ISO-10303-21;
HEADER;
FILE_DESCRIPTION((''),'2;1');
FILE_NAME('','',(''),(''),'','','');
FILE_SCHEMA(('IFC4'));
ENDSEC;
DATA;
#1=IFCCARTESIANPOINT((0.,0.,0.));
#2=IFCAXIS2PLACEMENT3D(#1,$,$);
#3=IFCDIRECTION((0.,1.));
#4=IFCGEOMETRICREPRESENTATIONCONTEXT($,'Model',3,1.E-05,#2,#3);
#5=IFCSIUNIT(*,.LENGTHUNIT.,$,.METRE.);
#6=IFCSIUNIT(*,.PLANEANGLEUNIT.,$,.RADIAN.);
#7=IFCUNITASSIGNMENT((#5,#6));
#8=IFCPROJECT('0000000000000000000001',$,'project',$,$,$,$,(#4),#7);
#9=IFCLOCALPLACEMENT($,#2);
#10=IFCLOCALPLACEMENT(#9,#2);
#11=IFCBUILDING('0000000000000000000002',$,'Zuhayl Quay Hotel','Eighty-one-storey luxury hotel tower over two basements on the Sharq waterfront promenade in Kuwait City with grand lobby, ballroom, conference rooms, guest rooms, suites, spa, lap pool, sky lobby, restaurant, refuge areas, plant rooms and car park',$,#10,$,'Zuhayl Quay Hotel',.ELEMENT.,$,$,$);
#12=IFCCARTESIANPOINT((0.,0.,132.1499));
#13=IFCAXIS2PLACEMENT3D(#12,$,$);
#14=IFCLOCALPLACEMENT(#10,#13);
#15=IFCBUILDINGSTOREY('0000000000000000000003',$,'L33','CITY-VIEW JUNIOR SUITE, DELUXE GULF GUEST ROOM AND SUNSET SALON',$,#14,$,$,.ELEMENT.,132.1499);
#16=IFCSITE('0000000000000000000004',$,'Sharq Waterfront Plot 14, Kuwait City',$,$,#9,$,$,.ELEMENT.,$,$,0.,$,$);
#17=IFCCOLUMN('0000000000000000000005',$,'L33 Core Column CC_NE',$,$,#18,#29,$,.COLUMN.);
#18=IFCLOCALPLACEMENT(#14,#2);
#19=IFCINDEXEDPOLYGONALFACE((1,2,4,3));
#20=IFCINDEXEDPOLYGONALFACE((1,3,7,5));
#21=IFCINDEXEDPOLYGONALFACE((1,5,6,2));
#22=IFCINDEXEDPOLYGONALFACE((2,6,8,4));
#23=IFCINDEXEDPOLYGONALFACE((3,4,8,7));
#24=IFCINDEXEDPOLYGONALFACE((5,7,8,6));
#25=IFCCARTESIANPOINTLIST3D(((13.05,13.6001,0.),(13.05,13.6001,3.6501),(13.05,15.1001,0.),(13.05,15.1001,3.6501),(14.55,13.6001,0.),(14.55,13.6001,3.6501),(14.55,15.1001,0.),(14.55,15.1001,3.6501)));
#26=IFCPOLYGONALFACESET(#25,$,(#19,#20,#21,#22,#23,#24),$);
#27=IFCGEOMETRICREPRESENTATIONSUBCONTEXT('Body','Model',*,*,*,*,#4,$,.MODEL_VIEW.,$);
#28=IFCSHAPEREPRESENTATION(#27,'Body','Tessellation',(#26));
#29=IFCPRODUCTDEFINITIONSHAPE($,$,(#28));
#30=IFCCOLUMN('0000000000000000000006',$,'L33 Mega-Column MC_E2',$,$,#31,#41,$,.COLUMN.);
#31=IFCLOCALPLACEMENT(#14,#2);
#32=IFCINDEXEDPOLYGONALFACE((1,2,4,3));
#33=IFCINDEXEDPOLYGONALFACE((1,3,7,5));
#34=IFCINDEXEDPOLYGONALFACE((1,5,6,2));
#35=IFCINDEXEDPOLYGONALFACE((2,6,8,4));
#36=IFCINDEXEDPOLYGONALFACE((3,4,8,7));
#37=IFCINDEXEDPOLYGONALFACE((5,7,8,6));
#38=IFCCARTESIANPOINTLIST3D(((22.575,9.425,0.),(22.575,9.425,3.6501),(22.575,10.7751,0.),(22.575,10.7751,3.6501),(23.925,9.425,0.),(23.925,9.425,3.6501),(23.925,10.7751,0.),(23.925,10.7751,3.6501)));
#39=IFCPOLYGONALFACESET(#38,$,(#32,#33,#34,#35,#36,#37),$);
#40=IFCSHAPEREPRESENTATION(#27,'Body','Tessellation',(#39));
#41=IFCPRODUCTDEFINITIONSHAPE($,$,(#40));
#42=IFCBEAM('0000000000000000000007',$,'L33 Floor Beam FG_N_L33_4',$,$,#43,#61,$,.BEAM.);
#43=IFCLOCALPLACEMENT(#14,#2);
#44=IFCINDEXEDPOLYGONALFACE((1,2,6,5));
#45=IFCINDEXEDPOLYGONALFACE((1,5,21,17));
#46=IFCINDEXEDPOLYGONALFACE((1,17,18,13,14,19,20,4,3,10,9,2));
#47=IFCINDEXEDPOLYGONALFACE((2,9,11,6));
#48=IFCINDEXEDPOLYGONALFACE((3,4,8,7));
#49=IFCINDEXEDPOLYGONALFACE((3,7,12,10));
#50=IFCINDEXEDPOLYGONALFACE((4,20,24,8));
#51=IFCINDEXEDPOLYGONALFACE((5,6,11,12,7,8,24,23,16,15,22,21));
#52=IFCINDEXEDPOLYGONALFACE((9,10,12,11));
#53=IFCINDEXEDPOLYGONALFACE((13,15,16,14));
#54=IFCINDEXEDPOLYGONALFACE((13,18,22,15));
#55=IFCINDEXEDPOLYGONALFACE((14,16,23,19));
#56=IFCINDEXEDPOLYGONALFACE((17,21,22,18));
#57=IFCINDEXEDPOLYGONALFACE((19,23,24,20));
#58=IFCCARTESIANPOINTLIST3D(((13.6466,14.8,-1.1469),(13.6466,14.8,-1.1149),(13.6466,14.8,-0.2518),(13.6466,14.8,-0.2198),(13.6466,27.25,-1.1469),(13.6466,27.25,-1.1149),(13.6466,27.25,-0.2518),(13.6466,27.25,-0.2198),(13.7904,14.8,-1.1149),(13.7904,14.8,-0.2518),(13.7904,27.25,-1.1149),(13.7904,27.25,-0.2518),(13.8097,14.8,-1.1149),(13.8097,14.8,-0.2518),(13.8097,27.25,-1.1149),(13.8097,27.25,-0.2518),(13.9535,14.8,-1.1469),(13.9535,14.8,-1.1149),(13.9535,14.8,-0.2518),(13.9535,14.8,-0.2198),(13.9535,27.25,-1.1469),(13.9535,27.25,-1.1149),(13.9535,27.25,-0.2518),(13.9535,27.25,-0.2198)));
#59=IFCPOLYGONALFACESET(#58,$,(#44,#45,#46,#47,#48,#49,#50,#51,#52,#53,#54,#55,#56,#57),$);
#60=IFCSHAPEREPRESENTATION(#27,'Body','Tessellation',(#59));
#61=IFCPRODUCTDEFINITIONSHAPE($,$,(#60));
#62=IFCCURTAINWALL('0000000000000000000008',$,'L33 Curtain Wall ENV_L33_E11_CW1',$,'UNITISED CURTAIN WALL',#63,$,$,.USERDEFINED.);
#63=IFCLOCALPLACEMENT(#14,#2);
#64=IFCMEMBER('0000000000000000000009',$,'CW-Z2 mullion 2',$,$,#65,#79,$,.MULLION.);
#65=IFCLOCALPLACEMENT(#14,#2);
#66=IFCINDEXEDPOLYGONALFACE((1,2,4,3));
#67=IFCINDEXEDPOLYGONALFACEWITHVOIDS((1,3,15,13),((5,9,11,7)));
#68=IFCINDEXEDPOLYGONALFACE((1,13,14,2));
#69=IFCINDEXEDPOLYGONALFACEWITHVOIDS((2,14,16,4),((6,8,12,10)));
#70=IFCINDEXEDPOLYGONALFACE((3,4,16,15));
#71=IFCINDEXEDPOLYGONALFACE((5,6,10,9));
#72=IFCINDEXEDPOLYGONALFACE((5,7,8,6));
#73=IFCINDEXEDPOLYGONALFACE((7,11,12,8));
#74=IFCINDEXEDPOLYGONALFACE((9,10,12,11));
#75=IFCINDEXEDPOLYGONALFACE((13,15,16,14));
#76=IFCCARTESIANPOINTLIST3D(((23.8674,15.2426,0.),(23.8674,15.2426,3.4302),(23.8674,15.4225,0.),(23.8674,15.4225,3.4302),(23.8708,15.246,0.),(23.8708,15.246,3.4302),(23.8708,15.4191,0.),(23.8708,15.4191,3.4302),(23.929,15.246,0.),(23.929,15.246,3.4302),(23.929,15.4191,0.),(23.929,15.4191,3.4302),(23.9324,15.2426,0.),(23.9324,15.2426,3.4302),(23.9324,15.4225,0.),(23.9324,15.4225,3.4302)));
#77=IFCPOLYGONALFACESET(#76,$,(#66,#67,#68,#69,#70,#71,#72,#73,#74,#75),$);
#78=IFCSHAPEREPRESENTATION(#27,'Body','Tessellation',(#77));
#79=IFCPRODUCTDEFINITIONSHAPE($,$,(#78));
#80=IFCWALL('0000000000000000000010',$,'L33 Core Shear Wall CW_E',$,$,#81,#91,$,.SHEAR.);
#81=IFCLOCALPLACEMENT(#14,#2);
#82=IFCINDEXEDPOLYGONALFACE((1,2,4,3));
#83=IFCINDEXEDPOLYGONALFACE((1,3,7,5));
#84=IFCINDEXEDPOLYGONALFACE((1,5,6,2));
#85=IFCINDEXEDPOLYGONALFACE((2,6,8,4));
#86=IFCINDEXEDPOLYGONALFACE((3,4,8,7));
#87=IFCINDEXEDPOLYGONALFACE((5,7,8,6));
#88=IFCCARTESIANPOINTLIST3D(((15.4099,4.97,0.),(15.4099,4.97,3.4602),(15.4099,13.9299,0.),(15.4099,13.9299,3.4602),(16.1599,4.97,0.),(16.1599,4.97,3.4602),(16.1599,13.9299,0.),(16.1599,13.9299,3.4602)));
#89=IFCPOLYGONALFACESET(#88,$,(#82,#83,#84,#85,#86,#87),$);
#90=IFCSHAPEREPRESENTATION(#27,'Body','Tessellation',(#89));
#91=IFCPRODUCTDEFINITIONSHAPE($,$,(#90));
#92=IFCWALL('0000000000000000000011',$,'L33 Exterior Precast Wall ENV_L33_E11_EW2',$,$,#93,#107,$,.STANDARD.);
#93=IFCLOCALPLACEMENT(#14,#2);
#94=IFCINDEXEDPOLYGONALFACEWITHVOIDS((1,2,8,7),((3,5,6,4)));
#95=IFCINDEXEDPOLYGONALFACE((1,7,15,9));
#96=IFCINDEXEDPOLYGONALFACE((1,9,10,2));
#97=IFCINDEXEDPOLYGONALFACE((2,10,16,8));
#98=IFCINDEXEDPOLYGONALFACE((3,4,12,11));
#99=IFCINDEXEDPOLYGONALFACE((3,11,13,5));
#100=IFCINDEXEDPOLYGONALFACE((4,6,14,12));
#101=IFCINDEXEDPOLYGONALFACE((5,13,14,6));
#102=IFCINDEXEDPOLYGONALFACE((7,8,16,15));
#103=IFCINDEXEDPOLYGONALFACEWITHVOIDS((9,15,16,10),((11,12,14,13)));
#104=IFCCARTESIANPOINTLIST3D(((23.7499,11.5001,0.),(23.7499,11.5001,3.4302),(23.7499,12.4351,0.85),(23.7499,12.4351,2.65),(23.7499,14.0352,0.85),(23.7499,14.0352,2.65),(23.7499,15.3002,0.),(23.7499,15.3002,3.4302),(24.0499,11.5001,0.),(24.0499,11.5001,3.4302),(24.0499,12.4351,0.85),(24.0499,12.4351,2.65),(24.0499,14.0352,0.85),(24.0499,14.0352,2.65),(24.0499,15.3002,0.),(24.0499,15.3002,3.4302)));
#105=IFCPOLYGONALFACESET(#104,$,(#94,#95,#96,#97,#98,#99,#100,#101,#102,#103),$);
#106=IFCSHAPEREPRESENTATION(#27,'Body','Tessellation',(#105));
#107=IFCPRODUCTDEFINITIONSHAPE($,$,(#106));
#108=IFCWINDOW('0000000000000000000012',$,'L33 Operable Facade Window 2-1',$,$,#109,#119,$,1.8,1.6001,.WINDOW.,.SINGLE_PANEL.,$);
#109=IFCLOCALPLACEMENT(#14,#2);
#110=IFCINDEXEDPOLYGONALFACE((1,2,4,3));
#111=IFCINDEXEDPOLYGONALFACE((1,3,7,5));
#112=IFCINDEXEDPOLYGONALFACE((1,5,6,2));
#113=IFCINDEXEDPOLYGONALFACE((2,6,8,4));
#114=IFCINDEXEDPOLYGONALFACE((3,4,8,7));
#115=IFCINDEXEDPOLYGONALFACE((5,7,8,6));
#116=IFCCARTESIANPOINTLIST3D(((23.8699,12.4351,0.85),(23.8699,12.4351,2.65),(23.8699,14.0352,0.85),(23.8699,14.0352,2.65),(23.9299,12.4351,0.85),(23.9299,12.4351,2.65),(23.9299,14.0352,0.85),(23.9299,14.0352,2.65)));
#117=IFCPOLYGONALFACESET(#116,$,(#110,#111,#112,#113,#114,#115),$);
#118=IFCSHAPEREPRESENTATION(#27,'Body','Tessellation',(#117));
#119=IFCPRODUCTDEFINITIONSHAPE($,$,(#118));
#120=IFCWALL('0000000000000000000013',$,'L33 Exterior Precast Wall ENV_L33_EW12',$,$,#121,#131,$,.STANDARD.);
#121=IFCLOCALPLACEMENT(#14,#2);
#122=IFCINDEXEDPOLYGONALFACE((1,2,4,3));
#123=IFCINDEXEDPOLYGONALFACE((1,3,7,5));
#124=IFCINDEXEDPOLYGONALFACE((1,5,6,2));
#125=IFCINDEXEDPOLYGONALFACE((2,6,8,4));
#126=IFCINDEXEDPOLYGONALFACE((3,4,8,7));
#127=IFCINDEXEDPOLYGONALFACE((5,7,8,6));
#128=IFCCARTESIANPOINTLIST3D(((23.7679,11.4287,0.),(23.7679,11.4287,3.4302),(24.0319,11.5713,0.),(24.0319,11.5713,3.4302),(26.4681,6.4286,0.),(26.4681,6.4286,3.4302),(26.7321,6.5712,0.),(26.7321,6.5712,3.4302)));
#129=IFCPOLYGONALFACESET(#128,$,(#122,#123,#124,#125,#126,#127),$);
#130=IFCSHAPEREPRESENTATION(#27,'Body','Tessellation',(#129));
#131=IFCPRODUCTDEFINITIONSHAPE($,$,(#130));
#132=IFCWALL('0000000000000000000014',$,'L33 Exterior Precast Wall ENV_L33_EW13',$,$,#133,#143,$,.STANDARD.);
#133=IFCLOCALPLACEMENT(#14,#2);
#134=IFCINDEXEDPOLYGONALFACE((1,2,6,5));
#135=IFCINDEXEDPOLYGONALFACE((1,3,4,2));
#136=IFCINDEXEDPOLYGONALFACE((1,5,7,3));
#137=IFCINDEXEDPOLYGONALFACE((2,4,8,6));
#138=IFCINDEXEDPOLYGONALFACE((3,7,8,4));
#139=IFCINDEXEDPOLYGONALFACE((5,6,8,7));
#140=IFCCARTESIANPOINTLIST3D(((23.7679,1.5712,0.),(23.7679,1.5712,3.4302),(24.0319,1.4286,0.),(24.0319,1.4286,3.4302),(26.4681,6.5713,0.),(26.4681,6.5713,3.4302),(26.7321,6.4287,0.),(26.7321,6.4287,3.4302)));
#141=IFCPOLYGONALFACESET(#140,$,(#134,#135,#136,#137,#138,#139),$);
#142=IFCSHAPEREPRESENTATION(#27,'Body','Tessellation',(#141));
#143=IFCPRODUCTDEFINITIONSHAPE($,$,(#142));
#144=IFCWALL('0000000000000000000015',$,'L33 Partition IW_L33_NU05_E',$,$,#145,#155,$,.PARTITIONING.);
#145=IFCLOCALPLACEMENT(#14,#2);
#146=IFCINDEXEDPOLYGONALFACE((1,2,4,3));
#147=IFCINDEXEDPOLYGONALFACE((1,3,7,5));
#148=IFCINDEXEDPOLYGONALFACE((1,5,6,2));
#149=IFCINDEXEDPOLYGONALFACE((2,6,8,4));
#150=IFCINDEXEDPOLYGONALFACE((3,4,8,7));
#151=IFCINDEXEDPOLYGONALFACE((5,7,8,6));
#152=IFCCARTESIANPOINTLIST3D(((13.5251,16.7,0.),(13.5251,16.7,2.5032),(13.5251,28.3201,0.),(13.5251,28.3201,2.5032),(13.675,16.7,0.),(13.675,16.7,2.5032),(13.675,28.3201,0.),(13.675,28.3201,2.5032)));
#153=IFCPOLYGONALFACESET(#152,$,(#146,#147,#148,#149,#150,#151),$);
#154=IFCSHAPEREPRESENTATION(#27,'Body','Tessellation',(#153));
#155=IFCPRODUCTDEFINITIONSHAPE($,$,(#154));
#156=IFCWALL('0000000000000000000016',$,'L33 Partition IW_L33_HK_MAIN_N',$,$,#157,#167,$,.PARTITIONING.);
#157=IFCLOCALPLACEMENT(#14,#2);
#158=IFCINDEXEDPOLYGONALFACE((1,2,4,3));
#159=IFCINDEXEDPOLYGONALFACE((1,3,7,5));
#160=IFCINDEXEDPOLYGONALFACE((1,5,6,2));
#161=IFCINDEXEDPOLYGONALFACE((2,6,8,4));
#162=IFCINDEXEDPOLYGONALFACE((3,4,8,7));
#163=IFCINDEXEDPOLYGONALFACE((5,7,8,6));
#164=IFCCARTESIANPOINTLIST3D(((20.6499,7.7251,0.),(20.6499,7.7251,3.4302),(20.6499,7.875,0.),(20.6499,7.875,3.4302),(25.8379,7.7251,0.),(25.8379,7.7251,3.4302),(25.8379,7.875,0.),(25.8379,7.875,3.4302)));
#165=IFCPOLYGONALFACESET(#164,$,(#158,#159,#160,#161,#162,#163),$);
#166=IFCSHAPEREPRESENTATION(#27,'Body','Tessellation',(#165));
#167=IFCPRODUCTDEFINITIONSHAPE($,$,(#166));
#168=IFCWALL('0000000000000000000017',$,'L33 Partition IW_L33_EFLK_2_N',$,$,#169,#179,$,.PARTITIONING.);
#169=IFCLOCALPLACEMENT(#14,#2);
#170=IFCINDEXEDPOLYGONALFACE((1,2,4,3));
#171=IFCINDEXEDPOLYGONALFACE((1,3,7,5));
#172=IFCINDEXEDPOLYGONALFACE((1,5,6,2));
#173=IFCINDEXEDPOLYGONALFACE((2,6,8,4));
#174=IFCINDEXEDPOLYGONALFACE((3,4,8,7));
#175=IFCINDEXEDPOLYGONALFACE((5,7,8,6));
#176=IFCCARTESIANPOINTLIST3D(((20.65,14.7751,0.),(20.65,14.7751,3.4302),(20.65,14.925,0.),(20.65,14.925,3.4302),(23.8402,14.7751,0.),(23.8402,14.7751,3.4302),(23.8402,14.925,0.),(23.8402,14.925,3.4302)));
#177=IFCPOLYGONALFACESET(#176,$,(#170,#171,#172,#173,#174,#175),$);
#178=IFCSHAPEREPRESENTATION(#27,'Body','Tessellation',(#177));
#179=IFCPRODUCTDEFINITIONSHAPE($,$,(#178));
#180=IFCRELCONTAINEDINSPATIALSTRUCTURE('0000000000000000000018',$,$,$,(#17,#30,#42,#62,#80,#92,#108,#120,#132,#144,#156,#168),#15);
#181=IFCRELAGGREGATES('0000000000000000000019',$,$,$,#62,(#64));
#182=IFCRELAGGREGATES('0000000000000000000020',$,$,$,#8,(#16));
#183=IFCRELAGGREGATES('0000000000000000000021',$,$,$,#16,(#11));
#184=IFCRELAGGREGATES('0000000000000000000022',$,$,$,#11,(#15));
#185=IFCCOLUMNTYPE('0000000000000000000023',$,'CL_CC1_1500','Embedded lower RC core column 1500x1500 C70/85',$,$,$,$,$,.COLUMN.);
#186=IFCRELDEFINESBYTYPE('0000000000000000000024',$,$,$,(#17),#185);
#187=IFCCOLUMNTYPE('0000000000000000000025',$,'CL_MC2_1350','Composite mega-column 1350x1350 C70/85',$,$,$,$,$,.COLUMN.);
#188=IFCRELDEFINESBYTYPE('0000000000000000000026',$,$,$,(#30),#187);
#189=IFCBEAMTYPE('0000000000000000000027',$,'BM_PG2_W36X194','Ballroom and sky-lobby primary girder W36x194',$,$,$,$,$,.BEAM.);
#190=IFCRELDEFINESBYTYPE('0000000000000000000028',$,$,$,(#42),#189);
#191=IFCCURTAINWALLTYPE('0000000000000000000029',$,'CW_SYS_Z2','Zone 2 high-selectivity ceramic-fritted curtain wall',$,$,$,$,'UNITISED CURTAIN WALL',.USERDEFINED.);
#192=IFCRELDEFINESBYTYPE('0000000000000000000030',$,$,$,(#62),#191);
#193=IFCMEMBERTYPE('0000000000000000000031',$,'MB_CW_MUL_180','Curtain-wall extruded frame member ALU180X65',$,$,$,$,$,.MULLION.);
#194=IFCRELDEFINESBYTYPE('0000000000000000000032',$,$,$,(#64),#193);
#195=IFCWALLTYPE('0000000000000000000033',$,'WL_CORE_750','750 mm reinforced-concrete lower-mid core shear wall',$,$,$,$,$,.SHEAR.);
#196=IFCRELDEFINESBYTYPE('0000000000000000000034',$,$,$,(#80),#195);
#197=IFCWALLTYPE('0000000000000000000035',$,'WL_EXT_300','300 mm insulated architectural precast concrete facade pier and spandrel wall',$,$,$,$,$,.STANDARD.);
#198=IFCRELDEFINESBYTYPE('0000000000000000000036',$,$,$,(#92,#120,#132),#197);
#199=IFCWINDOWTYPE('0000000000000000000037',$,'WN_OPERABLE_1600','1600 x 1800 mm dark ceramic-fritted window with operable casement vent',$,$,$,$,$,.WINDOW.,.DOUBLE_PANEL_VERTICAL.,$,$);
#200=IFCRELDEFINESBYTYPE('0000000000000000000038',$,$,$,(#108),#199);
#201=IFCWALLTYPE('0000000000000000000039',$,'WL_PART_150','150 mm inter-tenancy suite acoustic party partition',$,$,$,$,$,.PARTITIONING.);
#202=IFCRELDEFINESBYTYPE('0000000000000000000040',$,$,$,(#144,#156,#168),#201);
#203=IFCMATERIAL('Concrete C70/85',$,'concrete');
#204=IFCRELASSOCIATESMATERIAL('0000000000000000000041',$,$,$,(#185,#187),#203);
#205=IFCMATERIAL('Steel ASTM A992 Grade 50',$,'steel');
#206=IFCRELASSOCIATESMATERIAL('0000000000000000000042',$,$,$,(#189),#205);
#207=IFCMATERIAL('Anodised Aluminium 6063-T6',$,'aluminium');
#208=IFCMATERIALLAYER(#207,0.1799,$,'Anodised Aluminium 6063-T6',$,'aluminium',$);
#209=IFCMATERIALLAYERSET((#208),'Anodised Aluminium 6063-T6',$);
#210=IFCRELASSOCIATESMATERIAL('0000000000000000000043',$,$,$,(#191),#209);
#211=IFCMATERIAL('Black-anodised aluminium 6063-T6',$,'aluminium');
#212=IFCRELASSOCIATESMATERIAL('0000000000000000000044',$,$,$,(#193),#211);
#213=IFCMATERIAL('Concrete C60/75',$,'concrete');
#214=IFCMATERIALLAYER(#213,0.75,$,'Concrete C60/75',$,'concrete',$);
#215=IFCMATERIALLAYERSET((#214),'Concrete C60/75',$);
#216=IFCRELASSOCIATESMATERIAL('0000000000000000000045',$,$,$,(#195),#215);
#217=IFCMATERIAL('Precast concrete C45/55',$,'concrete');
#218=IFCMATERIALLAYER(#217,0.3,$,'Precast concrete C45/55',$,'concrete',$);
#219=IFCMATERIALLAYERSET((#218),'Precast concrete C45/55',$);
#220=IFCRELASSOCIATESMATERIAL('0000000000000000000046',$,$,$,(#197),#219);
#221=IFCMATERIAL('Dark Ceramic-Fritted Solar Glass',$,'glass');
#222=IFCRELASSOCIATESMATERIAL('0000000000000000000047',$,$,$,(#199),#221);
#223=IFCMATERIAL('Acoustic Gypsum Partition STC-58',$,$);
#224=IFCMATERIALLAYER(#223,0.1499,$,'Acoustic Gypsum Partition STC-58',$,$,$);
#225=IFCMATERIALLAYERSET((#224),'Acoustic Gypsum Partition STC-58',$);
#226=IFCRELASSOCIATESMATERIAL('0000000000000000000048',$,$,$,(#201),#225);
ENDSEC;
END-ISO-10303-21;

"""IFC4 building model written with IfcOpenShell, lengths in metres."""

from ifc_helpers import new_model, si_unit, direction, frame, frame_2d, origin, origin_2d, place, context, subcontext, project, spatial, rectangle, hollow_rectangle, i_section, extrude, material, layer, layer_set, material_profile, profile_set, type_object, element, fill, aggregate, save


model = new_model("IFC4")

# Units and contexts
model_context = context("Model", 3, precision=1e-05, world=origin(), true_north=direction((0.0, 1.0)))
body_context = subcontext(model_context, "Body", "Model", "MODEL_VIEW")
ifc_project = project(units=[si_unit("LENGTHUNIT", "METRE"), si_unit("PLANEANGLEUNIT", "RADIAN")], contexts=[model_context])

# Site, building, storey
site_placement = place(None, origin())
site = spatial("IfcSite", under=ifc_project, at=site_placement, Name="Sharq Waterfront Plot 14, Kuwait City", CompositionType="ELEMENT", RefElevation=0.0)
building_placement = place(site_placement, origin())
building = spatial("IfcBuilding", under=site, at=building_placement, Name="Zuhayl Quay Hotel", Description="Eighty-one-storey luxury hotel tower over two basements on the Sharq waterfront promenade in Kuwait City with grand lobby, ballroom, conference rooms, guest rooms, suites, spa, lap pool, sky lobby, restaurant, refuge areas, plant rooms and car park", LongName="Zuhayl Quay Hotel", CompositionType="ELEMENT")
storey_placement = place(building_placement, frame((0.0, 0.0, 132.1499)))
storey = spatial("IfcBuildingStorey", under=building, at=storey_placement, Name="L33", Description="CITY-VIEW JUNIOR SUITE, DELUXE GULF GUEST ROOM AND SUNSET SALON", CompositionType="ELEMENT", Elevation=132.1499)

# Columns
ifc_material_1 = material(Name="Concrete C70/85", Category="concrete")
ifc_material_profile_1 = material_profile(ifc_material_1, rectangle(XDim=1.5, YDim=1.5, at=origin_2d()), Name="RC1500X1500")
ifc_profile_set_1 = profile_set([ifc_material_profile_1], Name="Concrete C70/85")
column_type_1 = type_object("IfcColumnType", Name="CL_CC1_1500", Description="Embedded lower RC core column 1500x1500 C70/85", PredefinedType="COLUMN", material=ifc_profile_set_1)
column_1_placement = place(storey_placement, frame((13.8, 14.3501, 0.0), z_axis=(0.0, 0.0, 1.0), x_axis=(1.0, 0.0, 0.0)))
element("IfcColumn", 1, at=column_1_placement, inside=storey, type_object=column_type_1, Name="L33 Core Column CC_NE", PredefinedType="COLUMN", context=body_context, shape_type="SweptSolid", body=[
    extrude(rectangle(XDim=1.5, YDim=1.5, at=origin_2d()), origin(), (0.0, 0.0, 1.0), 3.6501),
])
ifc_material_profile_2 = material_profile(ifc_material_1, rectangle(XDim=1.3501, YDim=1.3501, at=origin_2d()), Name="RC1350X1350")
ifc_profile_set_2 = profile_set([ifc_material_profile_2], Name="Concrete C70/85")
column_type_2 = type_object("IfcColumnType", Name="CL_MC2_1350", Description="Composite mega-column 1350x1350 C70/85", PredefinedType="COLUMN", material=ifc_profile_set_2)
column_2_placement = place(storey_placement, frame((23.25, 10.1001, 0.0), z_axis=(0.0, 0.0, 1.0), x_axis=(1.0, 0.0, 0.0)))
element("IfcColumn", 2, at=column_2_placement, inside=storey, type_object=column_type_2, Name="L33 Mega-Column MC_E2", PredefinedType="COLUMN", context=body_context, shape_type="SweptSolid", body=[
    extrude(rectangle(XDim=1.3501, YDim=1.3501, at=origin_2d()), origin(), (0.0, 0.0, 1.0), 3.6501),
])

# Beam
ifc_material_2 = material(Name="Steel ASTM A992 Grade 50", Category="steel")
ifc_material_profile_3 = material_profile(ifc_material_2, i_section(OverallWidth=0.3069, OverallDepth=0.927, WebThickness=0.0193, FlangeThickness=0.032, at=origin_2d()), Name="W36X194")
ifc_profile_set_3 = profile_set([ifc_material_profile_3], Name="Steel ASTM A992 Grade 50")
beam_type = type_object("IfcBeamType", Name="BM_PG2_W36X194", Description="Ballroom and sky-lobby primary girder W36x194", PredefinedType="BEAM", material=ifc_profile_set_3)
beam_placement = place(storey_placement, frame((13.8, 14.8, -0.6833), z_axis=(0.0, 1.0, 0.0), x_axis=(-1.0, 0.0, 0.0)))
element("IfcBeam", 3, at=beam_placement, inside=storey, type_object=beam_type, Name="L33 Floor Beam FG_N_L33_4", PredefinedType="BEAM", context=body_context, shape_type="SweptSolid", body=[
    extrude(i_section(OverallWidth=0.3069, OverallDepth=0.927, WebThickness=0.0193, FlangeThickness=0.032, at=origin_2d()), origin(), (0.0, 0.0, 1.0), 12.45),
])

# Curtain wall, member
ifc_material_3 = material(Name="Anodised Aluminium 6063-T6", Category="aluminium")
ifc_layer_1 = layer(ifc_material_3, 0.1799, Name="Anodised Aluminium 6063-T6", Category="aluminium")
ifc_layer_set_1 = layer_set([ifc_layer_1], Name="Anodised Aluminium 6063-T6")
curtain_wall_type = type_object("IfcCurtainWallType", Name="CW_SYS_Z2", Description="Zone 2 high-selectivity ceramic-fritted curtain wall", ElementType="UNITISED CURTAIN WALL", PredefinedType="USERDEFINED", material=ifc_layer_set_1)
curtain_wall_placement = place(storey_placement, origin())
curtain_wall = element("IfcCurtainWall", 4, at=curtain_wall_placement, inside=storey, type_object=curtain_wall_type, Name="L33 Curtain Wall ENV_L33_E11_CW1", ObjectType="UNITISED CURTAIN WALL", PredefinedType="USERDEFINED")
ifc_material_4 = material(Name="Black-anodised aluminium 6063-T6", Category="aluminium")
ifc_material_profile_4 = material_profile(ifc_material_4, hollow_rectangle(XDim=0.0649, YDim=0.1799, WallThickness=0.0034, at=origin_2d()), Name="ALU180X65")
ifc_profile_set_4 = profile_set([ifc_material_profile_4], Name="Black-anodised aluminium 6063-T6")
member_type = type_object("IfcMemberType", Name="MB_CW_MUL_180", Description="Curtain-wall extruded frame member ALU180X65", PredefinedType="MULLION", material=ifc_profile_set_4)
member_placement = place(storey_placement, frame((23.8999, 15.3325, 0.0), z_axis=(0.0, 0.0, 1.0), x_axis=(1.0, 0.0, 0.0)))
member = element("IfcMember", 5, at=member_placement, type_object=member_type, Name="CW-Z2 mullion 2", PredefinedType="MULLION", context=body_context, shape_type="SweptSolid", body=[
    extrude(hollow_rectangle(XDim=0.0649, YDim=0.1799, WallThickness=0.0034, at=origin_2d()), origin(), (0.0, 0.0, 1.0), 3.4302),
])
aggregate(curtain_wall, [member])

# Wall
ifc_material_5 = material(Name="Concrete C60/75", Category="concrete")
ifc_layer_2 = layer(ifc_material_5, 0.75, Name="Concrete C60/75", Category="concrete")
ifc_layer_set_2 = layer_set([ifc_layer_2], Name="Concrete C60/75")
wall_type_1 = type_object("IfcWallType", Name="WL_CORE_750", Description="750 mm reinforced-concrete lower-mid core shear wall", PredefinedType="SHEAR", material=ifc_layer_set_2)
wall_1_placement = place(storey_placement, frame((15.7849, 4.97, 0.0), z_axis=(0.0, 0.0, 1.0), x_axis=(0.0, 1.0, 0.0)))
element("IfcWall", 6, at=wall_1_placement, inside=storey, type_object=wall_type_1, Name="L33 Core Shear Wall CW_E", PredefinedType="SHEAR", context=body_context, shape_type="SweptSolid", body=[
    extrude(rectangle(XDim=8.96, YDim=0.75, at=frame_2d((4.48, 0.0))), origin(), (0.0, 0.0, 1.0), 3.4602),
])

# Wall, opening, window
ifc_material_6 = material(Name="Precast concrete C45/55", Category="concrete")
ifc_layer_3 = layer(ifc_material_6, 0.3, Name="Precast concrete C45/55", Category="concrete")
ifc_layer_set_3 = layer_set([ifc_layer_3], Name="Precast concrete C45/55")
wall_type_2 = type_object("IfcWallType", Name="WL_EXT_300", Description="300 mm insulated architectural precast concrete facade pier and spandrel wall", PredefinedType="STANDARD", material=ifc_layer_set_3)
wall_2_placement = place(storey_placement, frame((23.8999, 15.3, 0.0), z_axis=(0.0, 0.0, 1.0), x_axis=(0.0, -1.0, 0.0)))
wall_2 = element("IfcWall", 7, at=wall_2_placement, inside=storey, type_object=wall_type_2, Name="L33 Exterior Precast Wall ENV_L33_E11_EW2", PredefinedType="STANDARD", context=body_context, shape_type="SweptSolid", body=[
    extrude(rectangle(XDim=3.8, YDim=0.3, at=frame_2d((1.8999, 0.0))), origin(), (0.0, 0.0, 1.0), 3.4302),
])
opening_1_placement = place(wall_2_placement, frame((1.2649, 0.0, 0.8501)))
opening_1 = element("IfcOpeningElement", 8, at=opening_1_placement, cuts=wall_2, PredefinedType="OPENING", context=body_context, shape_type="SweptSolid", body=[
    extrude(rectangle(XDim=1.6001, YDim=1.8, at=frame_2d((0.8, 0.8999))), frame((0.0, 0.1599, 0.0), z_axis=(0.0, -1.0, 0.0), x_axis=(1.0, 0.0, 0.0)), (0.0, 0.0, 1.0), 0.3201),
])
ifc_material_7 = material(Name="Dark Ceramic-Fritted Solar Glass", Category="glass")
window_type = type_object("IfcWindowType", Name="WN_OPERABLE_1600", Description="1600 x 1800 mm dark ceramic-fritted window with operable casement vent", PartitioningType="DOUBLE_PANEL_VERTICAL", PredefinedType="WINDOW", material=ifc_material_7)
window_placement = place(opening_1_placement, origin())
window = element("IfcWindow", 9, at=window_placement, inside=storey, type_object=window_type, Name="L33 Operable Facade Window 2-1", OverallHeight=1.8, OverallWidth=1.6001, PartitioningType="SINGLE_PANEL", PredefinedType="WINDOW", context=body_context, shape_type="SweptSolid", body=[
    extrude(rectangle(XDim=1.6001, YDim=1.8, at=frame_2d((0.8, 0.8999))), frame((0.0, 0.03, 0.0), z_axis=(0.0, -1.0, 0.0), x_axis=(1.0, 0.0, 0.0)), (0.0, 0.0, 1.0), 0.0601),
])
fill(opening_1, window)

# Walls
for number, where, z_axis, x_axis, name in (
    (10, (23.8999, 11.5, 0.0), (0.0, 0.0, 1.0), (0.475176, -0.879891, 0.0), "L33 Exterior Precast Wall ENV_L33_EW12"),
    (11, (26.6001, 6.5, 0.0), (0.0, 0.0, 1.0), (-0.475176, -0.879891, 0.0), "L33 Exterior Precast Wall ENV_L33_EW13"),
):
    element("IfcWall", number, at=place(storey_placement, frame(where, z_axis=z_axis, x_axis=x_axis)), inside=storey, type_object=wall_type_2, Name=name, PredefinedType="STANDARD", context=body_context, shape_type="SweptSolid", body=[
        extrude(rectangle(XDim=5.6826, YDim=0.3, at=frame_2d((2.8413, 0.0))), origin(), (0.0, 0.0, 1.0), 3.4302),
    ])
ifc_material_8 = material(Name="Acoustic Gypsum Partition STC-58")
ifc_layer_4 = layer(ifc_material_8, 0.1499, Name="Acoustic Gypsum Partition STC-58")
ifc_layer_set_4 = layer_set([ifc_layer_4], Name="Acoustic Gypsum Partition STC-58")
wall_type_3 = type_object("IfcWallType", Name="WL_PART_150", Description="150 mm inter-tenancy suite acoustic party partition", PredefinedType="PARTITIONING", material=ifc_layer_set_4)
wall_3_placement = place(storey_placement, frame((13.6001, 16.7, 0.0), z_axis=(0.0, 0.0, 1.0), x_axis=(0.0, 1.0, 0.0)))
element("IfcWall", 12, at=wall_3_placement, inside=storey, type_object=wall_type_3, Name="L33 Partition IW_L33_NU05_E", PredefinedType="PARTITIONING", context=body_context, shape_type="SweptSolid", body=[
    extrude(rectangle(XDim=11.6201, YDim=0.1499, at=frame_2d((5.8101, 0.0))), origin(), (0.0, 0.0, 1.0), 2.5032),
])
wall_4_placement = place(storey_placement, frame((20.6499, 7.8, 0.0), z_axis=(0.0, 0.0, 1.0), x_axis=(1.0, 0.0, 0.0)))
element("IfcWall", 13, at=wall_4_placement, inside=storey, type_object=wall_type_3, Name="L33 Partition IW_L33_HK_MAIN_N", PredefinedType="PARTITIONING", context=body_context, shape_type="SweptSolid", body=[
    extrude(rectangle(XDim=5.188, YDim=0.1499, at=frame_2d((2.594, 0.0))), origin(), (0.0, 0.0, 1.0), 3.4302),
])
wall_5_placement = place(storey_placement, frame((20.6499, 14.8501, 0.0), z_axis=(0.0, 0.0, 1.0), x_axis=(1.0, 0.0, 0.0)))
element("IfcWall", 14, at=wall_5_placement, inside=storey, type_object=wall_type_3, Name="L33 Partition IW_L33_EFLK_2_N", PredefinedType="PARTITIONING", context=body_context, shape_type="SweptSolid", body=[
    extrude(rectangle(XDim=3.1902, YDim=0.1499, at=frame_2d((1.5952, 0.0))), origin(), (0.0, 0.0, 1.0), 3.4302),
])

save(model, "model.ifc")
